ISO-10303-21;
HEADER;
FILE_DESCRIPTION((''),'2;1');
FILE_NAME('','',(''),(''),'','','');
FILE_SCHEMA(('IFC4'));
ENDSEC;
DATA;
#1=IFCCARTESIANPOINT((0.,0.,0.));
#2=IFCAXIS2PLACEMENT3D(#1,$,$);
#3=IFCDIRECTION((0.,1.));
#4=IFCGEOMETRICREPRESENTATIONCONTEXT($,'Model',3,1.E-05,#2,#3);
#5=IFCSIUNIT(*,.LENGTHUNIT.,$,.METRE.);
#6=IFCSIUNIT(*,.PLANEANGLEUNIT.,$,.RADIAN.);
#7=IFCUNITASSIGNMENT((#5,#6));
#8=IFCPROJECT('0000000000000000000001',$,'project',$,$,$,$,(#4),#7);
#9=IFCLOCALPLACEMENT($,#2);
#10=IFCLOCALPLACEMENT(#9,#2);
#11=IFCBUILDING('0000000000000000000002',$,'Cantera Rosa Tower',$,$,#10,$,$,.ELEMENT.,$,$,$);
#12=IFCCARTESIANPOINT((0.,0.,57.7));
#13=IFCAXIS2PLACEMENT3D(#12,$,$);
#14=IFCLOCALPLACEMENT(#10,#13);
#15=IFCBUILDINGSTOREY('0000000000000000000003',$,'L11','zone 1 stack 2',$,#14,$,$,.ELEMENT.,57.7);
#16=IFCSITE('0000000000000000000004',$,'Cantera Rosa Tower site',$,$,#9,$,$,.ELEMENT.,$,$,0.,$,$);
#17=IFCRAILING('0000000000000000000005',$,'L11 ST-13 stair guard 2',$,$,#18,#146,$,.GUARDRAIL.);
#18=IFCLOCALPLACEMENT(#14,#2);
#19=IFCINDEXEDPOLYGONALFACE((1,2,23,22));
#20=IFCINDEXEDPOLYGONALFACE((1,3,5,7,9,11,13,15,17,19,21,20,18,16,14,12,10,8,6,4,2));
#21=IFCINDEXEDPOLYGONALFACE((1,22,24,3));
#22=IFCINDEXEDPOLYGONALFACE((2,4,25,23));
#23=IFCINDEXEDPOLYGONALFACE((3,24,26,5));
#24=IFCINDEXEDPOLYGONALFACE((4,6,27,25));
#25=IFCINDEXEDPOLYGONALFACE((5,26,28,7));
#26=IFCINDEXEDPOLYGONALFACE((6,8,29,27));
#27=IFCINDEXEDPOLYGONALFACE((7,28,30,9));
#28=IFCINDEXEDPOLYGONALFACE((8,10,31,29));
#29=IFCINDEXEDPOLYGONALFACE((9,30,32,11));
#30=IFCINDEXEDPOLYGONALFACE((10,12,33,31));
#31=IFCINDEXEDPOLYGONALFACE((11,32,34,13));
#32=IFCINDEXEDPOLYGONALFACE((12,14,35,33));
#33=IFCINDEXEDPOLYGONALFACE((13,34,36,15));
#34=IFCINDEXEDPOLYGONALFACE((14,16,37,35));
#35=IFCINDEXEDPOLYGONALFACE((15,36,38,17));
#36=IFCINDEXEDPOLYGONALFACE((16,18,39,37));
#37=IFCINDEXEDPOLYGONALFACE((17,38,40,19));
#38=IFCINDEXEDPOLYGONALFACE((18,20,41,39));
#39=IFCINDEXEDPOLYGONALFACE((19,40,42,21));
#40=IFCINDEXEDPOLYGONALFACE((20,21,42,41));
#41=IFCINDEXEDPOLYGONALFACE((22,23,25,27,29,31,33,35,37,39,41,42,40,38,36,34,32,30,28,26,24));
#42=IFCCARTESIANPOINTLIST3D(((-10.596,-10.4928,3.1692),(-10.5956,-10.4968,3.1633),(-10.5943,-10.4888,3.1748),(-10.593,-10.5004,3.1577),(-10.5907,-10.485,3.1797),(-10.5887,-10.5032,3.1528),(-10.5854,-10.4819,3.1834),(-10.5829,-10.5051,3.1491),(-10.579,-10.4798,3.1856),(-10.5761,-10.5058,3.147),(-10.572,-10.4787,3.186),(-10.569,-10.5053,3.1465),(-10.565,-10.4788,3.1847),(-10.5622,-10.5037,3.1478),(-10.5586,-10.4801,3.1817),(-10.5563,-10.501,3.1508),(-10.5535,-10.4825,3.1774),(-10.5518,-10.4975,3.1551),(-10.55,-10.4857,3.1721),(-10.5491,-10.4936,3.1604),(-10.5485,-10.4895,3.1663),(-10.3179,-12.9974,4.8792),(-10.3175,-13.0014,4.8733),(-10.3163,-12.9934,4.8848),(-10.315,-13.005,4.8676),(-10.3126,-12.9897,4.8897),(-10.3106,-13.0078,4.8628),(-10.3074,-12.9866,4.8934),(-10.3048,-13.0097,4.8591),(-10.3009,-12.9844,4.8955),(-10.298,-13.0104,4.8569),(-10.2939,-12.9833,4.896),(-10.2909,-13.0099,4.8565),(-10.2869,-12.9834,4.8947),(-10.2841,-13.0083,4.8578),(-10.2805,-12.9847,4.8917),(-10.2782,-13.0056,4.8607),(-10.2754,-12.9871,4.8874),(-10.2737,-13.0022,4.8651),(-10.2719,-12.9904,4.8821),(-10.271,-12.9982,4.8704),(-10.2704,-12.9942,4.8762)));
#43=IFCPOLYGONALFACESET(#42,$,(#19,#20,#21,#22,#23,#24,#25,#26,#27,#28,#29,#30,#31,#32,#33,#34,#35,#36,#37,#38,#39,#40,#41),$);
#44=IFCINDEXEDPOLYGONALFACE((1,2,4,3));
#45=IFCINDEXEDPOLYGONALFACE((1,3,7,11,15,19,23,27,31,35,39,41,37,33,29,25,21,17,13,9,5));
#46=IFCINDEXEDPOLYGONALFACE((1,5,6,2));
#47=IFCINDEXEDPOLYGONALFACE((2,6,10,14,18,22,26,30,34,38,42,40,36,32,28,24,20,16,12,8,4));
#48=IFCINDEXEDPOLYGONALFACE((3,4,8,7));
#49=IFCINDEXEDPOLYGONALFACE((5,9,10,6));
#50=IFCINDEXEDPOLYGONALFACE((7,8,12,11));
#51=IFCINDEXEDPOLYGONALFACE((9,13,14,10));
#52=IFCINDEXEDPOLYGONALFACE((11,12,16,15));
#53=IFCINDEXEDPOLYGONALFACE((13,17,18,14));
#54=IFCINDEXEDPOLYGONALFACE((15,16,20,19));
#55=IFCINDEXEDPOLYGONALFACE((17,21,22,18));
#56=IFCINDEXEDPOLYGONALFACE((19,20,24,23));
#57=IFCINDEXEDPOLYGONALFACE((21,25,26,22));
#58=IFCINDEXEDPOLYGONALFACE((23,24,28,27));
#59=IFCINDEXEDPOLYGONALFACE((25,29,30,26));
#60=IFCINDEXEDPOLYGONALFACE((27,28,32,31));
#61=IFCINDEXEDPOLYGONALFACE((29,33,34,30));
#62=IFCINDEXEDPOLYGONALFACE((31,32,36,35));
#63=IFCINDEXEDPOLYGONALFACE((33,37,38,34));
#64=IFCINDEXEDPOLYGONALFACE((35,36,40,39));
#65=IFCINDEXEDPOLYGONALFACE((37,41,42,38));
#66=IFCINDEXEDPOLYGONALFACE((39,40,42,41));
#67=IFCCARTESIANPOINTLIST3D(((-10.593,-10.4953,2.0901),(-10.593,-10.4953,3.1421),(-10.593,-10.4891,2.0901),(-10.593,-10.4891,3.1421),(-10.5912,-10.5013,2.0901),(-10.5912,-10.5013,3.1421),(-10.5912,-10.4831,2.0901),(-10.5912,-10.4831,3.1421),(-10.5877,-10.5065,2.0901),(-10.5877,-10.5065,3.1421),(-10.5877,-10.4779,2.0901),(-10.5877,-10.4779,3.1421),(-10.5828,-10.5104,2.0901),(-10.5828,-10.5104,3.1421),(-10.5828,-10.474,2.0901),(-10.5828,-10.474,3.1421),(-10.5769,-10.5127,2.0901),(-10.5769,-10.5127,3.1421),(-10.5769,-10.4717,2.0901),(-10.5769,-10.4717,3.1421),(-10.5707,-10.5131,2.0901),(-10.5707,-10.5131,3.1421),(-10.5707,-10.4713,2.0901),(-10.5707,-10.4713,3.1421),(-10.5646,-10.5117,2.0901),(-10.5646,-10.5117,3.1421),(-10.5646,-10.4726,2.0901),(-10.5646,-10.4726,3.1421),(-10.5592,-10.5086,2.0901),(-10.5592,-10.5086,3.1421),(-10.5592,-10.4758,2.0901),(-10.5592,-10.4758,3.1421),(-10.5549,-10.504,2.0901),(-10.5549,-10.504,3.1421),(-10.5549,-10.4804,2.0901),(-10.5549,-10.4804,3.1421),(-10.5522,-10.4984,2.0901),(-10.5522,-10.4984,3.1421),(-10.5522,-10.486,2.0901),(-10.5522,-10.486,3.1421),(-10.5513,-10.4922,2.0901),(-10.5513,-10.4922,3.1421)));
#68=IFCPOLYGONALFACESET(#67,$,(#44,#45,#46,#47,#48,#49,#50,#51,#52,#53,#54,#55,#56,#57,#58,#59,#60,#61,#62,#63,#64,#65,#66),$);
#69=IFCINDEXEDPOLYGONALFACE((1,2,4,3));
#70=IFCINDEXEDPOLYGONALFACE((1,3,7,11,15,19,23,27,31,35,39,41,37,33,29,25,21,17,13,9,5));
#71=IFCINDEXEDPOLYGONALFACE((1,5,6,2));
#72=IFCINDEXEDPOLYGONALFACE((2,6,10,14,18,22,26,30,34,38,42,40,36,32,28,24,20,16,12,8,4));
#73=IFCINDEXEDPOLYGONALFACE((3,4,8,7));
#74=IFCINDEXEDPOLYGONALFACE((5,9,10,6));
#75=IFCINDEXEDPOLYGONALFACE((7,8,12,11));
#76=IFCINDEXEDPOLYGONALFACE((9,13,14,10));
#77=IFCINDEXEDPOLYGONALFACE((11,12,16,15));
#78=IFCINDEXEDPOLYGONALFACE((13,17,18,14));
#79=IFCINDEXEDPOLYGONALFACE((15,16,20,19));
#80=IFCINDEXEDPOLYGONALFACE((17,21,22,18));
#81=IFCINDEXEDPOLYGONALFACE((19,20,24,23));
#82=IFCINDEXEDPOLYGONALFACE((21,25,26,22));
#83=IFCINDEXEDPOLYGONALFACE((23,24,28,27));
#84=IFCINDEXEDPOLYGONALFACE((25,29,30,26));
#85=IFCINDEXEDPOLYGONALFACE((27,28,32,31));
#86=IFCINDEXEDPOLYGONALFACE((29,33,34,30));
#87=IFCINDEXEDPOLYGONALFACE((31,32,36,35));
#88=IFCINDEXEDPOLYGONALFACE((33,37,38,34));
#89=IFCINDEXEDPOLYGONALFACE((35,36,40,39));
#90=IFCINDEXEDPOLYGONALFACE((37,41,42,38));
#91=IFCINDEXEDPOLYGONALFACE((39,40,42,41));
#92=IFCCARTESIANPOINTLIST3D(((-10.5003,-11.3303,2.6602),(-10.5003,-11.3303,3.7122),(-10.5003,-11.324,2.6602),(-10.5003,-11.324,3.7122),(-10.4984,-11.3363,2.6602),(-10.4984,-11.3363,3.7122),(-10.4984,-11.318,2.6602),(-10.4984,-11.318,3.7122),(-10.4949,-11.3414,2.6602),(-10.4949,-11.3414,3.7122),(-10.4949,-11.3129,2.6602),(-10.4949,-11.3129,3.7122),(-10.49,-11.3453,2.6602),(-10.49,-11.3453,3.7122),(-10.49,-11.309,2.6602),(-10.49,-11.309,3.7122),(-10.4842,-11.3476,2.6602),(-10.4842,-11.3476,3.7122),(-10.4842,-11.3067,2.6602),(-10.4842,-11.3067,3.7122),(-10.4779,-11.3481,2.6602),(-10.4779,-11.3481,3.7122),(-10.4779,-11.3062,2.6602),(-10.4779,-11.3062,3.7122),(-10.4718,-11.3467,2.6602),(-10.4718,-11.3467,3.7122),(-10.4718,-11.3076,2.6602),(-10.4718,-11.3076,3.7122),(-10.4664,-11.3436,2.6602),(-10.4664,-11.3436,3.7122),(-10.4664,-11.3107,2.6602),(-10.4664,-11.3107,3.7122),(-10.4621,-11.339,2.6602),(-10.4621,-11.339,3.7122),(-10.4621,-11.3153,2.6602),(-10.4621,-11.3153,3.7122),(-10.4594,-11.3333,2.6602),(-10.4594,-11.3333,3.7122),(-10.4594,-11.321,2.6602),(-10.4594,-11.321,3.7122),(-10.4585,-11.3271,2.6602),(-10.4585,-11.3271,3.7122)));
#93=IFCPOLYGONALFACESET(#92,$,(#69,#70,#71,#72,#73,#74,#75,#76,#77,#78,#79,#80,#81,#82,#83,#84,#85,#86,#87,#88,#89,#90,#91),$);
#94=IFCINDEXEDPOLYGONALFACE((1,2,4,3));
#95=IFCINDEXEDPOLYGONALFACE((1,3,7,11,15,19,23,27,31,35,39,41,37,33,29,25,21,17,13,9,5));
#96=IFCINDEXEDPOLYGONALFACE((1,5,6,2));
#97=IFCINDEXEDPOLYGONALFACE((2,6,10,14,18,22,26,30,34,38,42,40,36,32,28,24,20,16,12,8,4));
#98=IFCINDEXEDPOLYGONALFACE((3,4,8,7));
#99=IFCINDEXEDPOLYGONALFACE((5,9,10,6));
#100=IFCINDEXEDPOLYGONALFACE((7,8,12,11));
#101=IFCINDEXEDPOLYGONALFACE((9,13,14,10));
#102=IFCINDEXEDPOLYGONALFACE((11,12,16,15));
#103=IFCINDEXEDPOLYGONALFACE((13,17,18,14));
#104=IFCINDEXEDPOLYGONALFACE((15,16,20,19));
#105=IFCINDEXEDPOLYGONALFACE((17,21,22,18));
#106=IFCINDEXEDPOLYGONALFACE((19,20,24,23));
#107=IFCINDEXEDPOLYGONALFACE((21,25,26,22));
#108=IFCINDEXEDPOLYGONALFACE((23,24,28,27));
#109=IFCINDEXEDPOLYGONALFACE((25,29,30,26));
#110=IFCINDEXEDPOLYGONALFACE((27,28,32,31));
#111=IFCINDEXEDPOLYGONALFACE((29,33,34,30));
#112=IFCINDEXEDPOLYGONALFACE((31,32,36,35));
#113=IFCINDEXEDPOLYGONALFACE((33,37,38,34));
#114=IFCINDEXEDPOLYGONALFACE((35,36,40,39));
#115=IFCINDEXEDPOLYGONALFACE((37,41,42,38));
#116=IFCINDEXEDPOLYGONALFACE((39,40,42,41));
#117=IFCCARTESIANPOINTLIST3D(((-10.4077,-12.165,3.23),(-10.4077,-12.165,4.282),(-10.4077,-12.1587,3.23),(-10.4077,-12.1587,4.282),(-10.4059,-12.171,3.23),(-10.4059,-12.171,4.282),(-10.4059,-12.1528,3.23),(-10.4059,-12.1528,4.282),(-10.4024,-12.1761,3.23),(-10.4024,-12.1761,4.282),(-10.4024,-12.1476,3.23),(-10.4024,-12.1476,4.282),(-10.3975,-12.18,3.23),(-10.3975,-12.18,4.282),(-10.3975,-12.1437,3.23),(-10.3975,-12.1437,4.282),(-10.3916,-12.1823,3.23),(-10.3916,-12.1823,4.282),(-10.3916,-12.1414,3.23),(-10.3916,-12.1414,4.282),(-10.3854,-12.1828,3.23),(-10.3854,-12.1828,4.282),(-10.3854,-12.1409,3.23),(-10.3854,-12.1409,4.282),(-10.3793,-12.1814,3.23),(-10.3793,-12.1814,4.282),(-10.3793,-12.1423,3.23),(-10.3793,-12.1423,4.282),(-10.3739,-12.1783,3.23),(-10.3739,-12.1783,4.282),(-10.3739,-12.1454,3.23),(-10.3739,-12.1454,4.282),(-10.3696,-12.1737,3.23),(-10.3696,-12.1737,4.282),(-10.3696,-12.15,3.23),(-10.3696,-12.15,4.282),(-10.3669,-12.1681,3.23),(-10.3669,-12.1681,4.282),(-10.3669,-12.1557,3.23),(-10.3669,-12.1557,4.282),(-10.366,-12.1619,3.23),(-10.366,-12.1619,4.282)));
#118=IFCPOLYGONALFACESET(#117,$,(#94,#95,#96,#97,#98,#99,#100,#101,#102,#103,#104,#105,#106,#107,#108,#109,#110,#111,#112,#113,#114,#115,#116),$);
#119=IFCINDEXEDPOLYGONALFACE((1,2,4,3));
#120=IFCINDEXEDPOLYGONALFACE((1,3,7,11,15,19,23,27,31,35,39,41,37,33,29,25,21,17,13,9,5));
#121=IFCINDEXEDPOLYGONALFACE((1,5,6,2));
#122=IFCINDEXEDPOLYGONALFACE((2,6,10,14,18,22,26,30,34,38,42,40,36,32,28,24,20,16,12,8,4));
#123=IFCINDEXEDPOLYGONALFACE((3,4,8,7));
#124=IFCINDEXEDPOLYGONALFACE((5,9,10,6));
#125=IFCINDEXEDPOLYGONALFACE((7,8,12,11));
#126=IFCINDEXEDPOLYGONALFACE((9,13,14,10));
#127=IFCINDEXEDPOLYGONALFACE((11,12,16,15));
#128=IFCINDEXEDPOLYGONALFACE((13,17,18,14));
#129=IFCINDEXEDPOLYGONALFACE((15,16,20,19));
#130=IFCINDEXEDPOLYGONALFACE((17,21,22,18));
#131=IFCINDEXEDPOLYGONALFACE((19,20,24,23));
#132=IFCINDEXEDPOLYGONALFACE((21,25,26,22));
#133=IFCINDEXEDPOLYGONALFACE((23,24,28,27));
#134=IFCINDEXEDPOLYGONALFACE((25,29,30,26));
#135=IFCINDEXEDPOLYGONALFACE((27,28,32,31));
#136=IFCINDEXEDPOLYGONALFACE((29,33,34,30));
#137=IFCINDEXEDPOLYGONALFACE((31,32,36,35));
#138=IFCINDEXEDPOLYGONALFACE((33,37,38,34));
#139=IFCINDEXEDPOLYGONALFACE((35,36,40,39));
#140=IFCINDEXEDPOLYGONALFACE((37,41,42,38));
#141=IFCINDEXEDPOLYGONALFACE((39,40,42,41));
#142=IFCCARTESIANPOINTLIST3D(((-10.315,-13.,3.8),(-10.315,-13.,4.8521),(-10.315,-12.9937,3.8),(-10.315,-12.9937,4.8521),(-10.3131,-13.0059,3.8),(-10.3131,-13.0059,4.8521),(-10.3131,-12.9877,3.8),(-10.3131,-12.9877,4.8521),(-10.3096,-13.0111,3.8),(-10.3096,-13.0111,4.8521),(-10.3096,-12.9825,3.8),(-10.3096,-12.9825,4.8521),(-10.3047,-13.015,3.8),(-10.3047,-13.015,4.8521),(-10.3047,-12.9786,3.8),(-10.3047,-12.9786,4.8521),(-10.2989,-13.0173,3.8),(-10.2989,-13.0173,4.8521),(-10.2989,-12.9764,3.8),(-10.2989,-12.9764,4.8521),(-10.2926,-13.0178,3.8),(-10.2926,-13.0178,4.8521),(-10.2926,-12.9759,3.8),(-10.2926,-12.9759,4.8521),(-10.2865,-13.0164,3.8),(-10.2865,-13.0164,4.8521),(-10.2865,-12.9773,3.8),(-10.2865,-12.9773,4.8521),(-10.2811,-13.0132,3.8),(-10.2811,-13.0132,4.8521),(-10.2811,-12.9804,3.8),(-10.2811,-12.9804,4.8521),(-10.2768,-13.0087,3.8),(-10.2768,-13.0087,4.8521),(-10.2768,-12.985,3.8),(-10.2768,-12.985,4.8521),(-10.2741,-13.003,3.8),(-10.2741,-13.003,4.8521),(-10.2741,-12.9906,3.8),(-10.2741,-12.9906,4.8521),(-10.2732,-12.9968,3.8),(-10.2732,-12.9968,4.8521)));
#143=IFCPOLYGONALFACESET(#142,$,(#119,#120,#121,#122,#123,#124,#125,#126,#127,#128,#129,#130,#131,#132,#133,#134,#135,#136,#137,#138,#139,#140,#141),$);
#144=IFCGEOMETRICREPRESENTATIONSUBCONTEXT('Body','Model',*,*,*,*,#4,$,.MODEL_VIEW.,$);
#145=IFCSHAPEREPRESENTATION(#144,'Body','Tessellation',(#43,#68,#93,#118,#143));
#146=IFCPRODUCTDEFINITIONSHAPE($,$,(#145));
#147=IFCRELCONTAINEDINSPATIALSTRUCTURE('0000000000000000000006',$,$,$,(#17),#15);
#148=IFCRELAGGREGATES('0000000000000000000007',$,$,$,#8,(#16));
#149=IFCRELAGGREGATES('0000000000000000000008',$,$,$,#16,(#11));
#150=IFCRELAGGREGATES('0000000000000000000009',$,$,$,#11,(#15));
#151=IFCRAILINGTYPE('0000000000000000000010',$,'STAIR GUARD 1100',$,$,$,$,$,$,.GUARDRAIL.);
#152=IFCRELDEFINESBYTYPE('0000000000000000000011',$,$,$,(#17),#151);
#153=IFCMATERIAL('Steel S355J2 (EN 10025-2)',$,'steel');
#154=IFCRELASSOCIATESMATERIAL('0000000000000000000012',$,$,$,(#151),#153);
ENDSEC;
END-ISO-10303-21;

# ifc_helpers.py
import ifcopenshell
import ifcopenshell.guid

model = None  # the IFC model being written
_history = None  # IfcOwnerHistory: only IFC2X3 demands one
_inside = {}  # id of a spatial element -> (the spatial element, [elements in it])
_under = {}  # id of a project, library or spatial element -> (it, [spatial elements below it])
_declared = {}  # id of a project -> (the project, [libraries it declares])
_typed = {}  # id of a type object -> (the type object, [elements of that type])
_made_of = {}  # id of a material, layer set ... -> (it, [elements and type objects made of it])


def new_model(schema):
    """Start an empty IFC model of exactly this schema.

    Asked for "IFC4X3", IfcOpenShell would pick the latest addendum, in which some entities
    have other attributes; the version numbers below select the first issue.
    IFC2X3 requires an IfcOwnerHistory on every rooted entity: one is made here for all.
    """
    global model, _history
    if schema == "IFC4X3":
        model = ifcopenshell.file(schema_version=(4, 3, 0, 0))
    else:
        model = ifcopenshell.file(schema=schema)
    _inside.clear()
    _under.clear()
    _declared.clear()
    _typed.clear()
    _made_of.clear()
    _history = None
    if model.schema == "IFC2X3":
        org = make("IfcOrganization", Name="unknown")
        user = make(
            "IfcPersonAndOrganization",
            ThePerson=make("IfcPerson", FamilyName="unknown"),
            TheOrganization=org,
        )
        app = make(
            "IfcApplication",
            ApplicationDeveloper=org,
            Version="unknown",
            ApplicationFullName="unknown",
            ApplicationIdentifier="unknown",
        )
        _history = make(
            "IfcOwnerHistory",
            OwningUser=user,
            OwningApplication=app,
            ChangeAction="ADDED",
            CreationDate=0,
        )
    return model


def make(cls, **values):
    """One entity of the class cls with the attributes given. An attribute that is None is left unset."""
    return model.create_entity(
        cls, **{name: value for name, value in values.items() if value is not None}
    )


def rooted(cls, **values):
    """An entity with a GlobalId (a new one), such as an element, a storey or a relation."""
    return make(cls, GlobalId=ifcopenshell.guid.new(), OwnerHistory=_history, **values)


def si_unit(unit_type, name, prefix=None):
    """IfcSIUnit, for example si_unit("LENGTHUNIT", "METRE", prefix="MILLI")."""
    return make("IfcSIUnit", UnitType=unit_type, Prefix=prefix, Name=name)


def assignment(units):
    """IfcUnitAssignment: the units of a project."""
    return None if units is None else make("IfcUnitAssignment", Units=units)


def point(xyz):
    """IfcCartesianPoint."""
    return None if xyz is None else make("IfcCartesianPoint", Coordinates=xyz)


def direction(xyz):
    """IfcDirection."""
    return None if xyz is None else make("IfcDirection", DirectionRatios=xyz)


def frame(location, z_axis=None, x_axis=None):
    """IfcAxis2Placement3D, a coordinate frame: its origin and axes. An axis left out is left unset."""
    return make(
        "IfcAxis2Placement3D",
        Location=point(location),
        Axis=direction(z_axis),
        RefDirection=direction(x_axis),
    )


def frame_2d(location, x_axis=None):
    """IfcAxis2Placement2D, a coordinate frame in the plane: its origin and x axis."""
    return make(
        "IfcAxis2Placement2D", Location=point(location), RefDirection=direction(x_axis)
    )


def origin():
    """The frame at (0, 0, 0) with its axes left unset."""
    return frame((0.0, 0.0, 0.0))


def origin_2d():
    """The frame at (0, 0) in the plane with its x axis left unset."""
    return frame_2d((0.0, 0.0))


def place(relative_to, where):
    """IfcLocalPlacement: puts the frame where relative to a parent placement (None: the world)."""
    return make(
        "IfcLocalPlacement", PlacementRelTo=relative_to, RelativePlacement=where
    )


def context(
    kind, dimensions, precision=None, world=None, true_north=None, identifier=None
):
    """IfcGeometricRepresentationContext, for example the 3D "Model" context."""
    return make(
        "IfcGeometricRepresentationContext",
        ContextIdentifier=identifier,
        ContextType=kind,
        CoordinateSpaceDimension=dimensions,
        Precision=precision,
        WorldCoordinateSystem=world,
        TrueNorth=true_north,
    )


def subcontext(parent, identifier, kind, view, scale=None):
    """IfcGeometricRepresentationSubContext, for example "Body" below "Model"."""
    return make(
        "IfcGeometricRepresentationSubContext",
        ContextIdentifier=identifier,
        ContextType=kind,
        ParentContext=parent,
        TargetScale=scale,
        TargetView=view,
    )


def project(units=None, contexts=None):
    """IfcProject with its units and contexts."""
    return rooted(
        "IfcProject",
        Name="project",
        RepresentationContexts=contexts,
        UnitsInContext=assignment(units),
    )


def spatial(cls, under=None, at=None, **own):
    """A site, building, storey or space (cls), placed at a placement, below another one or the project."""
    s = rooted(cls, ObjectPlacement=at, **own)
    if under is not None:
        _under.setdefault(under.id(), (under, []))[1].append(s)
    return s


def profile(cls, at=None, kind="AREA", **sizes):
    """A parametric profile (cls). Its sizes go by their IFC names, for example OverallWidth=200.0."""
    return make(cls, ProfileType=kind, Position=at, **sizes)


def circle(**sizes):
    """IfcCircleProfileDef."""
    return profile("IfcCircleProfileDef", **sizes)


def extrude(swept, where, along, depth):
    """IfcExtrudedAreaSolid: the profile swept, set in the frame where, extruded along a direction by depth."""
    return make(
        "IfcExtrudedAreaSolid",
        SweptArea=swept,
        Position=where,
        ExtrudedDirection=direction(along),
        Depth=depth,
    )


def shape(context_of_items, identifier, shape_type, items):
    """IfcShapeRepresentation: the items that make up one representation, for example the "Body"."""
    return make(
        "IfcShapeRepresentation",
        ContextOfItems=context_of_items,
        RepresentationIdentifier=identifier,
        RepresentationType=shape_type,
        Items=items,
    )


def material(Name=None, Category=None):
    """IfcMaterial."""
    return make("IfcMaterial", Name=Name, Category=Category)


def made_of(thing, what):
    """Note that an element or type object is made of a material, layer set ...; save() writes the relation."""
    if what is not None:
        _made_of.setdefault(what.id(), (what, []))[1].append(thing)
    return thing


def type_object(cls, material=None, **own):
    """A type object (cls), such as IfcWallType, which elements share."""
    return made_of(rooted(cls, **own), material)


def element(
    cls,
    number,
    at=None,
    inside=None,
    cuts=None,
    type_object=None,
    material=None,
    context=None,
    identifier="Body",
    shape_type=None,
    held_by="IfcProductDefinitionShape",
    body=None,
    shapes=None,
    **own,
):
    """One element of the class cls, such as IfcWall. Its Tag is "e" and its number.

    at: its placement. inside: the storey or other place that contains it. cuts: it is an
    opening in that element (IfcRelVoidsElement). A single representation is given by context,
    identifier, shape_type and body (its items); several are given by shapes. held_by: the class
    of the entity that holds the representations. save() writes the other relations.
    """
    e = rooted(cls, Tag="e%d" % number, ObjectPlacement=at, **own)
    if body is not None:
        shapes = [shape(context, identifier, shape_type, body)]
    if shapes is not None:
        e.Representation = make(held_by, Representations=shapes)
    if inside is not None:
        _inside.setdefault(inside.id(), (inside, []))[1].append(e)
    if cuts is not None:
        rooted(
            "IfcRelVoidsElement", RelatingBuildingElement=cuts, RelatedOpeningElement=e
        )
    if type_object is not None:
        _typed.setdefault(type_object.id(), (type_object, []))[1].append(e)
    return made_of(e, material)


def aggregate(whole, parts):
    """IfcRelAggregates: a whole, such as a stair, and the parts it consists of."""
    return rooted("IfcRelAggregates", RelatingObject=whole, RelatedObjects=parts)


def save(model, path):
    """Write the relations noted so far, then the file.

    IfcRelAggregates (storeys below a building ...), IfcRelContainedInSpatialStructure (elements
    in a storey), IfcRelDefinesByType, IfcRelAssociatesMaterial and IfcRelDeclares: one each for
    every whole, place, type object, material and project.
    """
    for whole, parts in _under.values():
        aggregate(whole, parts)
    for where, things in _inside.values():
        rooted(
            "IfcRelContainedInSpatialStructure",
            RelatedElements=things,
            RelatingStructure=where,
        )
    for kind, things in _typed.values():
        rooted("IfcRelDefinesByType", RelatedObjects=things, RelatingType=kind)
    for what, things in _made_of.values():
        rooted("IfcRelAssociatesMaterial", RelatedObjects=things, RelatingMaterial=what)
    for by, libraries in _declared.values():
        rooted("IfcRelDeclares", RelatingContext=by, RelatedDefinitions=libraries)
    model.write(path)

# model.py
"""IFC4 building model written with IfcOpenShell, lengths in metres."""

from ifc_helpers import new_model, si_unit, direction, frame, origin, origin_2d, place, context, subcontext, project, spatial, circle, extrude, material, type_object, element, save


model = new_model("IFC4")

# Units and contexts
model_context = context("Model", 3, precision=1e-05, world=origin(), true_north=direction((0.0, 1.0)))
body_context = subcontext(model_context, "Body", "Model", "MODEL_VIEW")
ifc_project = project(units=[si_unit("LENGTHUNIT", "METRE"), si_unit("PLANEANGLEUNIT", "RADIAN")], contexts=[model_context])

# Site, building, storey
site_placement = place(None, origin())
site = spatial("IfcSite", under=ifc_project, at=site_placement, Name="Cantera Rosa Tower site", CompositionType="ELEMENT", RefElevation=0.0)
building_placement = place(site_placement, origin())
building = spatial("IfcBuilding", under=site, at=building_placement, Name="Cantera Rosa Tower", CompositionType="ELEMENT")
storey_placement = place(building_placement, frame((0.0, 0.0, 57.7)))
storey = spatial("IfcBuildingStorey", under=building, at=storey_placement, Name="L11", Description="zone 1 stack 2", CompositionType="ELEMENT", Elevation=57.7)

# Railing
ifc_material_1 = material(Name="Steel S355J2 (EN 10025-2)", Category="steel")
railing_type_1 = type_object("IfcRailingType", Name="STAIR GUARD 1100", PredefinedType="GUARDRAIL", material=ifc_material_1)
railing_1_placement = place(storey_placement, frame((-10.5723, -10.4922, 2.0901)))
element("IfcRailing", 1, at=railing_1_placement, inside=storey, type_object=railing_type_1, Name="L11 ST-13 stair guard 2", PredefinedType="GUARDRAIL", context=body_context, shape_type="SweptSolid", body=[
    extrude(circle(Radius=0.0239, at=origin_2d()), frame((0.0, 0.0, 1.0762), z_axis=(0.09131, -0.822431, 0.561488), x_axis=(0.993893, 0.110346, 0.0)), (0.0, 0.0, 1.0), 3.0454),
    extrude(circle(Radius=0.021, at=origin_2d()), origin(), (0.0, 0.0, 1.0), 1.052),
    extrude(circle(Radius=0.021, at=origin_2d()), frame((0.0928, -0.835, 0.5701)), (0.0, 0.0, 1.0), 1.052),
    extrude(circle(Radius=0.021, at=origin_2d()), frame((0.1853, -1.6697, 1.1399)), (0.0, 0.0, 1.0), 1.052),
    extrude(circle(Radius=0.021, at=origin_2d()), frame((0.2781, -2.5046, 1.71)), (0.0, 0.0, 1.0), 1.052),
])

save(model, "model.ifc")
